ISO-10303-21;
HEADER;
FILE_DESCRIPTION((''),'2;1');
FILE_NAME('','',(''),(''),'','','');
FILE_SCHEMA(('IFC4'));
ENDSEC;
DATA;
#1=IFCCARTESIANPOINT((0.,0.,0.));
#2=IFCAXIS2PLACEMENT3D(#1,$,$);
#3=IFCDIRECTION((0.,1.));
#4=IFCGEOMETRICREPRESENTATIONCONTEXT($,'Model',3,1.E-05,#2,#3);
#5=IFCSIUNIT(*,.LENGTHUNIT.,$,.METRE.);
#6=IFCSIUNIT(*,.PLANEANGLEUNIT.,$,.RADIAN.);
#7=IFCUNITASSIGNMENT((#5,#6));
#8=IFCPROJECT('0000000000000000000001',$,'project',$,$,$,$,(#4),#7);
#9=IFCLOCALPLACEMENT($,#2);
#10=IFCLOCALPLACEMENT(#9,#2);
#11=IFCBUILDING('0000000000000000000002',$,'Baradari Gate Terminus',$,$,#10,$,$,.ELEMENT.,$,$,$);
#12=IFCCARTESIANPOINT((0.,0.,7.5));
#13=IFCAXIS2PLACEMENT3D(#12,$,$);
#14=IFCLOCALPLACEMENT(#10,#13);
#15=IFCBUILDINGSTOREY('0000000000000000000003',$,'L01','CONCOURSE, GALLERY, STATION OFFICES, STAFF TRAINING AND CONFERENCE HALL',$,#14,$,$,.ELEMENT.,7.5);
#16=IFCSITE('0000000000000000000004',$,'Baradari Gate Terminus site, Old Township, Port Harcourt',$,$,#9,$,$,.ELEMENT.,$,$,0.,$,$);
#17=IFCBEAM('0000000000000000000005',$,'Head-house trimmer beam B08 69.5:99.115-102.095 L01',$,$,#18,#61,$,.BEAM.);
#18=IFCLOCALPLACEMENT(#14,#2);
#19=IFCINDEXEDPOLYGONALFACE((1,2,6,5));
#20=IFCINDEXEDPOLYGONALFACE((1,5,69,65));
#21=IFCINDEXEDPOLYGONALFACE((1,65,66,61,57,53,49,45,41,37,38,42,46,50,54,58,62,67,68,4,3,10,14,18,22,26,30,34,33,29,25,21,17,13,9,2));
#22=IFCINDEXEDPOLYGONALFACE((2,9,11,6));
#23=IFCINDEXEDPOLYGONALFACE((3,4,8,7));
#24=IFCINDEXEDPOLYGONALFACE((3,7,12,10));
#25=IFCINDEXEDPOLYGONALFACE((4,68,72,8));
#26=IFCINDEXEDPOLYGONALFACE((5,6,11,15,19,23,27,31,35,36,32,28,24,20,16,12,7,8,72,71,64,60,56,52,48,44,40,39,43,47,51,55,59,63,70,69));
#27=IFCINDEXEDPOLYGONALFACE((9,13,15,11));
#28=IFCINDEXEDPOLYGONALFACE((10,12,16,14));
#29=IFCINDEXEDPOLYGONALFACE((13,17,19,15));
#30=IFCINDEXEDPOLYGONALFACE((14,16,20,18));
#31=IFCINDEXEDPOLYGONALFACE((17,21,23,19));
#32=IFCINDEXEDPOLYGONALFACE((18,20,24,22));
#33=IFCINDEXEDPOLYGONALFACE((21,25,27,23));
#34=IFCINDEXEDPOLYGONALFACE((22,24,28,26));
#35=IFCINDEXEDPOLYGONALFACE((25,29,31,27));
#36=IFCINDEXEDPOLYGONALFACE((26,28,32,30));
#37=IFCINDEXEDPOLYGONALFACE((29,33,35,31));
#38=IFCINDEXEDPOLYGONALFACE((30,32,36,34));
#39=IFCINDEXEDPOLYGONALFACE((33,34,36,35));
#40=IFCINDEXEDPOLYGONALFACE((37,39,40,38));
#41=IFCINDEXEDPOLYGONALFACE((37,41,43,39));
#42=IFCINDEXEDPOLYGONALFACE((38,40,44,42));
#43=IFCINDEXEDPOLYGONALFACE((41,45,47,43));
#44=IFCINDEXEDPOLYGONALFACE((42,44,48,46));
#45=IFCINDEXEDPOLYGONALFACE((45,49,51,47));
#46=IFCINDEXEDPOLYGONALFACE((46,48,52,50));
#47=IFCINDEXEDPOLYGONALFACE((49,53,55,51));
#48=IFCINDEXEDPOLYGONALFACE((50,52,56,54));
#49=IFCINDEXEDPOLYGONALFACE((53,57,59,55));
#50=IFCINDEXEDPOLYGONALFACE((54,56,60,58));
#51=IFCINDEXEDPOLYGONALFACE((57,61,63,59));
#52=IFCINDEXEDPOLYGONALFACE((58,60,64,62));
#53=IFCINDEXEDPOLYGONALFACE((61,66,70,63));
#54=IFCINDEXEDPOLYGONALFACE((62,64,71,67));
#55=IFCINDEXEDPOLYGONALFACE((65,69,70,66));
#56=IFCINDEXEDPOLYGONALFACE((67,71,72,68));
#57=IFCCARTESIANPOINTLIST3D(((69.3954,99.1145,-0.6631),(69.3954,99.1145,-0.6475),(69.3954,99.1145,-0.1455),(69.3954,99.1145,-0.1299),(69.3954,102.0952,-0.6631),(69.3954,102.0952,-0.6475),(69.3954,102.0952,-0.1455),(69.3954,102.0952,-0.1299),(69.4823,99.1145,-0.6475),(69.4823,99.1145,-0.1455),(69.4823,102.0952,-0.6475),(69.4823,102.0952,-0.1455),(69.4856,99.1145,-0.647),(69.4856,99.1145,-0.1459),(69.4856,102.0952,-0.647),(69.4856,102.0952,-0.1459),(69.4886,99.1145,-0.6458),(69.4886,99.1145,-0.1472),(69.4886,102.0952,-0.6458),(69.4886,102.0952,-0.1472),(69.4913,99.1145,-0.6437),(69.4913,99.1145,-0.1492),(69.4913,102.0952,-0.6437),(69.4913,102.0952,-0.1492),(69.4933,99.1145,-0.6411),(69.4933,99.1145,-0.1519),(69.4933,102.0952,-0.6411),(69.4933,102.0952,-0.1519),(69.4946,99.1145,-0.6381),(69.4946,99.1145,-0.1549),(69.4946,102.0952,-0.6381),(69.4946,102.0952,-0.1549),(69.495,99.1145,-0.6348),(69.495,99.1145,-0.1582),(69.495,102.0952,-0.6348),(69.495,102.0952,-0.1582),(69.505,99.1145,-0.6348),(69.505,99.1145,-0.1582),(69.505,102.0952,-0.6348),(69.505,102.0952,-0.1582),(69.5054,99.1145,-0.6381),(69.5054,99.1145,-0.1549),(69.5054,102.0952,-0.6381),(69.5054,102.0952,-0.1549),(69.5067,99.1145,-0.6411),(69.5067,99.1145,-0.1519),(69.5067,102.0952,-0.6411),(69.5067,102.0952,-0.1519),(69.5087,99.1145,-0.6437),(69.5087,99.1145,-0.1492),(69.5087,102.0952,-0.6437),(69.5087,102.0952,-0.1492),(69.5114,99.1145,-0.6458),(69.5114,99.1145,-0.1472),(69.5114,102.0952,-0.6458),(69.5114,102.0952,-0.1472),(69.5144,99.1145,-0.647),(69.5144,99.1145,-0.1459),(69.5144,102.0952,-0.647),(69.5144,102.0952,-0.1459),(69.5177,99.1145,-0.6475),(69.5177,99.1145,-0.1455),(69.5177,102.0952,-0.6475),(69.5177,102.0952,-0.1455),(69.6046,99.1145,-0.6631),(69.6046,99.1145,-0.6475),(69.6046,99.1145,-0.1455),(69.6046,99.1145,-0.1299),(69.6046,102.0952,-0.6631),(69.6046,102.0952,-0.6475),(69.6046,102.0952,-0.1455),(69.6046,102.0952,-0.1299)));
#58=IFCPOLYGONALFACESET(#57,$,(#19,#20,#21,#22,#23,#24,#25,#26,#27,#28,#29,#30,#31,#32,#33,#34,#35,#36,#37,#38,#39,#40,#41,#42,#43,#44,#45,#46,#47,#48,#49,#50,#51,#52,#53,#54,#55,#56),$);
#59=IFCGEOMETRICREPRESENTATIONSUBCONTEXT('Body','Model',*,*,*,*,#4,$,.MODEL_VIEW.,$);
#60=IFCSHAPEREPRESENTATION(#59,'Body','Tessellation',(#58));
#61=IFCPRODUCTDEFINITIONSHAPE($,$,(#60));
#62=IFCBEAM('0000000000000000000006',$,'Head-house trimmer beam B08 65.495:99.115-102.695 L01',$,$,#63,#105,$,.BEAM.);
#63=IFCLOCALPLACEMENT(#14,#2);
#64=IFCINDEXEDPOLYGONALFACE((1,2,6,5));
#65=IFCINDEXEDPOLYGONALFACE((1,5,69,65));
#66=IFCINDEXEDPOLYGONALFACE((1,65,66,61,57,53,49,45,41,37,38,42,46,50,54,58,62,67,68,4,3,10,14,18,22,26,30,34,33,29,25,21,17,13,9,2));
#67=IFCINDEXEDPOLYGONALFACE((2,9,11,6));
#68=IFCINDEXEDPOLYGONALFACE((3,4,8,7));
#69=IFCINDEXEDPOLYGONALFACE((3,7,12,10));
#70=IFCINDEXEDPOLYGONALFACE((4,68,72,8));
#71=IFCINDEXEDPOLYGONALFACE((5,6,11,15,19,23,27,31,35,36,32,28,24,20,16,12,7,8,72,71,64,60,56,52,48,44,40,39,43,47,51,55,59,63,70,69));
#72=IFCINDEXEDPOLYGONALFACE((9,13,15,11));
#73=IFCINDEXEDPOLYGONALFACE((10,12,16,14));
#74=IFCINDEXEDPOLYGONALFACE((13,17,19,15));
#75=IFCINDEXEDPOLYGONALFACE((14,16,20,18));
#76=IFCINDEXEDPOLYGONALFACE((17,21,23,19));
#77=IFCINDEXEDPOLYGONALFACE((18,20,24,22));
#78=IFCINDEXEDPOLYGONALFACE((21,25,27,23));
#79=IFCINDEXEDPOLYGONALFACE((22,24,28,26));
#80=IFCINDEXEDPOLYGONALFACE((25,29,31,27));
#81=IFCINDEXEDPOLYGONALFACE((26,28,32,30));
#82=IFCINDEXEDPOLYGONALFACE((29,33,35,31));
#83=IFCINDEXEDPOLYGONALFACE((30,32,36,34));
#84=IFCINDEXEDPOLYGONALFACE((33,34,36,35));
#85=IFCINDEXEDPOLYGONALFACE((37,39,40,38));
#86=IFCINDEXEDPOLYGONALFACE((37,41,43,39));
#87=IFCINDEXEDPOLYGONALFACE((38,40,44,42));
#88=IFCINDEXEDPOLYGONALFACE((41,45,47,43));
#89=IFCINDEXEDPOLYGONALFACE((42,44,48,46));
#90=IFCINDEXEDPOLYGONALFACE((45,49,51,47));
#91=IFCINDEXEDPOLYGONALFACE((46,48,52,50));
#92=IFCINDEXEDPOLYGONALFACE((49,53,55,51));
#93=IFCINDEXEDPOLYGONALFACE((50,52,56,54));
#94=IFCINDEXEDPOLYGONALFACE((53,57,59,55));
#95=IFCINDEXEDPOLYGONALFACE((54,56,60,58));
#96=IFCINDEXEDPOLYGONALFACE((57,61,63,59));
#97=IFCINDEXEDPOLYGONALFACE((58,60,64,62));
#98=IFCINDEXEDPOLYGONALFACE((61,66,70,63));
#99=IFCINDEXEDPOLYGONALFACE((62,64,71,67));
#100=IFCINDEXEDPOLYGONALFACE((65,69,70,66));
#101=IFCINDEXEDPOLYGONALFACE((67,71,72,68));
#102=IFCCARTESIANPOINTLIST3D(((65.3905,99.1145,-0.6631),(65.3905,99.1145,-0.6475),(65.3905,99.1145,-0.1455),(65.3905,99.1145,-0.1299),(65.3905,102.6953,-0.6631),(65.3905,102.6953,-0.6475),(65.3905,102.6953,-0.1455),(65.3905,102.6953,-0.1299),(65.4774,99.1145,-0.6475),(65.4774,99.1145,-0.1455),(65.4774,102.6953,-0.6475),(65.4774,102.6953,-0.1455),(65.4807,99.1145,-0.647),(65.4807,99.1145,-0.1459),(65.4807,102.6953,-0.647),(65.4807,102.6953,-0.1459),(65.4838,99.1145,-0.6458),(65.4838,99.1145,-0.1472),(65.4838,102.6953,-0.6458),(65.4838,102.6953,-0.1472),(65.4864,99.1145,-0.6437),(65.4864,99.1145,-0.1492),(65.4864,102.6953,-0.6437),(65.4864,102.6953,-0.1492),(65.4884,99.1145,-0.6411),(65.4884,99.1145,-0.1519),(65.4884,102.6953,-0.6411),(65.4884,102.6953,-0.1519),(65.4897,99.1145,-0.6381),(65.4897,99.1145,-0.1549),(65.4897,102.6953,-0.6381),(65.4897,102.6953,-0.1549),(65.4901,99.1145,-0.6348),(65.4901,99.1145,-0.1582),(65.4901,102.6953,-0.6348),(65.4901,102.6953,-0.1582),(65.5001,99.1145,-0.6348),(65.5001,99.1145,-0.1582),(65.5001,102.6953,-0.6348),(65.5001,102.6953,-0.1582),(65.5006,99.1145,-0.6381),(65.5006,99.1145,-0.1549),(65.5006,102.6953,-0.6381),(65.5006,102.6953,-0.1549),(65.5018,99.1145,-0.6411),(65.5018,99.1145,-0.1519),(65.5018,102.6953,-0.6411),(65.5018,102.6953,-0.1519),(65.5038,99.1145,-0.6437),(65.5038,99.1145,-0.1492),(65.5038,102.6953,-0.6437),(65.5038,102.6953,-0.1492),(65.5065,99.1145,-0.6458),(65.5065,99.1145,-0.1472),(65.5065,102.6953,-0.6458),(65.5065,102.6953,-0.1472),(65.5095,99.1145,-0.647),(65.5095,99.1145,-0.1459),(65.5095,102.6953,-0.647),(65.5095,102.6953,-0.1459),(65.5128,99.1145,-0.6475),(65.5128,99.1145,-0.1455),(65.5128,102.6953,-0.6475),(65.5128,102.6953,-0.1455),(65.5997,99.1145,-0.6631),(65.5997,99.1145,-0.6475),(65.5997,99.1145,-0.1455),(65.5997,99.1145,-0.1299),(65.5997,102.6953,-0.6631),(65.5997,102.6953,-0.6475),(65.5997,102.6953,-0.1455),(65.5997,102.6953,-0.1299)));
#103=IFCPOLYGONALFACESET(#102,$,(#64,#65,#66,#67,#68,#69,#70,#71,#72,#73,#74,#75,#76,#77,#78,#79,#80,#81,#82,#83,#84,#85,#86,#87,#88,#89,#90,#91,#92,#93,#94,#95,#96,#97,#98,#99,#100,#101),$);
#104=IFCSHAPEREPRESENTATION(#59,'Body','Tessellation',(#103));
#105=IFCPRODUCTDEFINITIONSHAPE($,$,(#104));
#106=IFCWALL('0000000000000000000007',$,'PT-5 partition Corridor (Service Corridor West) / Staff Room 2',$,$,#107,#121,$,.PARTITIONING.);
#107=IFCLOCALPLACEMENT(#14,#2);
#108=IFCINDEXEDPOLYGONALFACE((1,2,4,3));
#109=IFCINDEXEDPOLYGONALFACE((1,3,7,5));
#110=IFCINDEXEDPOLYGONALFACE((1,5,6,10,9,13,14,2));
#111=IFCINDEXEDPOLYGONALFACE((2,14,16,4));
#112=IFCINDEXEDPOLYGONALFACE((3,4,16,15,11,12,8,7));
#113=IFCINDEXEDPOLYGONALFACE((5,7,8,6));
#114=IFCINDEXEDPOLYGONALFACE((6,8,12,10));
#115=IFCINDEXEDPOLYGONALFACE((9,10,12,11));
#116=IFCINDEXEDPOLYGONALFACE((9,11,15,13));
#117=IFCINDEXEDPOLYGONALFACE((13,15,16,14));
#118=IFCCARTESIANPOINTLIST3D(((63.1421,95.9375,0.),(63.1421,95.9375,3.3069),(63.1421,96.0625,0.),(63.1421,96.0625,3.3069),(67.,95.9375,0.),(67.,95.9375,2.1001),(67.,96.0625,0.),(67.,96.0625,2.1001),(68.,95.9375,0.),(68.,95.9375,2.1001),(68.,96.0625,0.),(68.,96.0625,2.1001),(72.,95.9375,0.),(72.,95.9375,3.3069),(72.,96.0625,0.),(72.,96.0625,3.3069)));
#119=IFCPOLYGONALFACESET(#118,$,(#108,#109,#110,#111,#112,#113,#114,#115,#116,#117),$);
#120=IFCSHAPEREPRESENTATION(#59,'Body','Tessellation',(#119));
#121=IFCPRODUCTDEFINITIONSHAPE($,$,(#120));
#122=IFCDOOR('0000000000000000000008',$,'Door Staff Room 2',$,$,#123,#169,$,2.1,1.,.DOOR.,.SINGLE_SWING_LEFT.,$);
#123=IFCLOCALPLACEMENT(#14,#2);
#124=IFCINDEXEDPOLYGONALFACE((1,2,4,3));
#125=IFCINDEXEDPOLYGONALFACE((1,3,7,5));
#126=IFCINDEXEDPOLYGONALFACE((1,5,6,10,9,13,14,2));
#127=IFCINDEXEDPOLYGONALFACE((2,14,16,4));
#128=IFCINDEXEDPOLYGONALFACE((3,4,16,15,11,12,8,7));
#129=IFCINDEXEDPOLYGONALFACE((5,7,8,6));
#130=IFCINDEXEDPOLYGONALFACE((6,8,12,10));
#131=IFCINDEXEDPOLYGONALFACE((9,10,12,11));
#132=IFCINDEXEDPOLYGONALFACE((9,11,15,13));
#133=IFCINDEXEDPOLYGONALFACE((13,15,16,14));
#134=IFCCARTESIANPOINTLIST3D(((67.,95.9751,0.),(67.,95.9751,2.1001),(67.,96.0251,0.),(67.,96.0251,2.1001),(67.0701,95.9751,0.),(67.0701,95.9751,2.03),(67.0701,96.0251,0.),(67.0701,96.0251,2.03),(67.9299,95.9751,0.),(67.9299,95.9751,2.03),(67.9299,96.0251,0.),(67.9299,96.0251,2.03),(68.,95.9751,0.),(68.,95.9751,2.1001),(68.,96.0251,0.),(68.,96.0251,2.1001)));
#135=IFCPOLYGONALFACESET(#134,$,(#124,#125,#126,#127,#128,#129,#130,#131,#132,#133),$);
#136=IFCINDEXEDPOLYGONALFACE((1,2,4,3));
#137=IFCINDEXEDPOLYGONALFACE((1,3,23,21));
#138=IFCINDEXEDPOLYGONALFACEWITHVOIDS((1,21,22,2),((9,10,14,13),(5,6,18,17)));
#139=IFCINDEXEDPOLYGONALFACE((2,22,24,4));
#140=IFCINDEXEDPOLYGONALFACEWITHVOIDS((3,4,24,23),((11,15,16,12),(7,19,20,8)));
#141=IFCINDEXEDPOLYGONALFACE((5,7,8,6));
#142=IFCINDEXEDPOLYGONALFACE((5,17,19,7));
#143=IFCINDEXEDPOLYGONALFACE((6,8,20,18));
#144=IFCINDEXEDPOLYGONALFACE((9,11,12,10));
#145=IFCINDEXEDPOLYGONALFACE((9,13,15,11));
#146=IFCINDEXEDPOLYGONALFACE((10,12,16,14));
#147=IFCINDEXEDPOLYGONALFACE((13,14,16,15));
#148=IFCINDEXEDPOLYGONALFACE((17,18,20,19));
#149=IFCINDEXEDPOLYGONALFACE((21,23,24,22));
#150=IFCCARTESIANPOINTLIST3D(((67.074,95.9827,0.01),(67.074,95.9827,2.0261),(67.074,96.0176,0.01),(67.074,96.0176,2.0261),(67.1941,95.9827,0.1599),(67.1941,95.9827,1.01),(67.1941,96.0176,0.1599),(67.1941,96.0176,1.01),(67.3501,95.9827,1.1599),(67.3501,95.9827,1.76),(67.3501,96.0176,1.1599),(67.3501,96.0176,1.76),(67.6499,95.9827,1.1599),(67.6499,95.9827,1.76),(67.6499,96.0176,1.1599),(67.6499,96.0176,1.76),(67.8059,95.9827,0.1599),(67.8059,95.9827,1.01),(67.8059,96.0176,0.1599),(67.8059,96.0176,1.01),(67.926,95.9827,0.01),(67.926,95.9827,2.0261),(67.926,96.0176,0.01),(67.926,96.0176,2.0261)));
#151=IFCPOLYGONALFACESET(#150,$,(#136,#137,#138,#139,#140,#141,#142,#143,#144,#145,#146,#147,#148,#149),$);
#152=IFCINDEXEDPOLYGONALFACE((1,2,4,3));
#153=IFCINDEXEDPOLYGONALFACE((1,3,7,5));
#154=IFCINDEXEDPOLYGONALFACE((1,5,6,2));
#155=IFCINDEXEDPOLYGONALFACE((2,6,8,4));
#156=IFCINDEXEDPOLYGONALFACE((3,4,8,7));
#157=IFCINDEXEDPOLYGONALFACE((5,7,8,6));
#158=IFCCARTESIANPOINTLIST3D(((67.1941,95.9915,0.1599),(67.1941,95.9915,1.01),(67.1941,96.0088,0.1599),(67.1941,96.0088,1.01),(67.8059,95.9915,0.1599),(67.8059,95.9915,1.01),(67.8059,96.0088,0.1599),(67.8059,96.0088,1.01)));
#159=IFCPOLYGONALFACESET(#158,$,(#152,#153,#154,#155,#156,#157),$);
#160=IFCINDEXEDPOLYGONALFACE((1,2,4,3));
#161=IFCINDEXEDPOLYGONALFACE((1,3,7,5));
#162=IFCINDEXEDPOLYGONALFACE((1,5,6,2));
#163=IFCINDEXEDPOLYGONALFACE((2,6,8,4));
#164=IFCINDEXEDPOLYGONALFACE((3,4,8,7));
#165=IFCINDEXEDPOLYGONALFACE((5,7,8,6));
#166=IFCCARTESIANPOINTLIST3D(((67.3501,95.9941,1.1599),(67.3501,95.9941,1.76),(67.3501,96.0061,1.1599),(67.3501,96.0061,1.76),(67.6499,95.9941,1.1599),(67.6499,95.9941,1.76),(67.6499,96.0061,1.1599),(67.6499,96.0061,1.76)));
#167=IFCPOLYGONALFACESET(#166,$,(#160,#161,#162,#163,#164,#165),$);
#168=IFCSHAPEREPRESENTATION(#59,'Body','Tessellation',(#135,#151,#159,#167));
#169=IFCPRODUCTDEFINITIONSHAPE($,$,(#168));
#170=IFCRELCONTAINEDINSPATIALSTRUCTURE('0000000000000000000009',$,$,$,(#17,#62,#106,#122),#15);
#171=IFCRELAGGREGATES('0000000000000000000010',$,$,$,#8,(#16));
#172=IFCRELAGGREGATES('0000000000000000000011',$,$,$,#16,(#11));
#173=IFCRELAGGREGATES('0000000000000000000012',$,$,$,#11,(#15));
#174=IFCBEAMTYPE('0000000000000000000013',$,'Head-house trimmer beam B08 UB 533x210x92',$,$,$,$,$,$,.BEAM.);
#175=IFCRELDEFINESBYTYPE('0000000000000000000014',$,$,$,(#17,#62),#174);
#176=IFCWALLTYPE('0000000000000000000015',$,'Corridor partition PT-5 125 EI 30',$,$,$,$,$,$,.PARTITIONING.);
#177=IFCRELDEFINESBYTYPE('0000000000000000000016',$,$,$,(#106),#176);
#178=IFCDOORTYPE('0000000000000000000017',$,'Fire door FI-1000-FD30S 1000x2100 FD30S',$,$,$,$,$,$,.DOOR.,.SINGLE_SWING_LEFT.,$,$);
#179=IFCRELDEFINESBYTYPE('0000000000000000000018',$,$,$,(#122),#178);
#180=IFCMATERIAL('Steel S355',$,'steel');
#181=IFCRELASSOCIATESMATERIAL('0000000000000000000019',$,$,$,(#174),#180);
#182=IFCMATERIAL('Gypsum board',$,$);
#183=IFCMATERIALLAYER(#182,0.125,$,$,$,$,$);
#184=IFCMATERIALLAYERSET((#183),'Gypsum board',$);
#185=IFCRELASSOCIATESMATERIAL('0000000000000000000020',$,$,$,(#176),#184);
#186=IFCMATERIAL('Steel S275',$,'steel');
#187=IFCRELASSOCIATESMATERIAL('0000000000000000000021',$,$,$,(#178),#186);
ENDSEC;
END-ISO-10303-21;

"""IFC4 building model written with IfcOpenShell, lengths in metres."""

from ifc_helpers import new_model, si_unit, direction, frame, frame_2d, origin, origin_2d, place, context, subcontext, project, spatial, polyline, rectangle, i_section, outline, extrude, material, layer, layer_set, material_profile, profile_set, type_object, element, fill, save


model = new_model("IFC4")

# Units and contexts
model_context = context("Model", 3, precision=1e-05, world=origin(), true_north=direction((0.0, 1.0)))
body_context = subcontext(model_context, "Body", "Model", "MODEL_VIEW")
ifc_project = project(units=[si_unit("LENGTHUNIT", "METRE"), si_unit("PLANEANGLEUNIT", "RADIAN")], contexts=[model_context])

# Site, building, storey
site_placement = place(None, origin())
site = spatial("IfcSite", under=ifc_project, at=site_placement, Name="Baradari Gate Terminus site, Old Township, Port Harcourt", CompositionType="ELEMENT", RefElevation=0.0)
building_placement = place(site_placement, origin())
building = spatial("IfcBuilding", under=site, at=building_placement, Name="Baradari Gate Terminus", CompositionType="ELEMENT")
storey_placement = place(building_placement, frame((0.0, 0.0, 7.5)))
storey = spatial("IfcBuildingStorey", under=building, at=storey_placement, Name="L01", Description="CONCOURSE, GALLERY, STATION OFFICES, STAFF TRAINING AND CONFERENCE HALL", CompositionType="ELEMENT", Elevation=7.5)

# Beams
ifc_material_1 = material(Name="Steel S355", Category="steel")
ifc_material_profile_1 = material_profile(ifc_material_1, i_section(OverallWidth=0.2092, OverallDepth=0.5332, WebThickness=0.01, FlangeThickness=0.0156, FilletRadius=0.0127, at=origin_2d()), Name="UB 533x210x92")
ifc_profile_set_1 = profile_set([ifc_material_profile_1], Name="Steel S355")
beam_type_1 = type_object("IfcBeamType", Name="Head-house trimmer beam B08 UB 533x210x92", PredefinedType="BEAM", material=ifc_profile_set_1)
beam_1_placement = place(storey_placement, frame((69.5, 99.1145, -0.3965), z_axis=(0.0, 1.0, 0.0), x_axis=(-1.0, 0.0, 0.0)))
element("IfcBeam", 1, at=beam_1_placement, inside=storey, type_object=beam_type_1, Name="Head-house trimmer beam B08 69.5:99.115-102.095 L01", PredefinedType="BEAM", context=body_context, shape_type="SweptSolid", body=[
    extrude(i_section(OverallWidth=0.2092, OverallDepth=0.5332, WebThickness=0.01, FlangeThickness=0.0156, FilletRadius=0.0127, at=origin_2d()), origin(), (0.0, 0.0, 1.0), 2.9807),
])
beam_2_placement = place(storey_placement, frame((65.4951, 99.1145, -0.3965), z_axis=(0.0, 1.0, 0.0), x_axis=(-1.0, 0.0, 0.0)))
element("IfcBeam", 2, at=beam_2_placement, inside=storey, type_object=beam_type_1, Name="Head-house trimmer beam B08 65.495:99.115-102.695 L01", PredefinedType="BEAM", context=body_context, shape_type="SweptSolid", body=[
    extrude(i_section(OverallWidth=0.2092, OverallDepth=0.5332, WebThickness=0.01, FlangeThickness=0.0156, FilletRadius=0.0127, at=origin_2d()), origin(), (0.0, 0.0, 1.0), 3.5808),
])

# Wall, opening, door
ifc_material_2 = material(Name="Gypsum board")
ifc_layer_1 = layer(ifc_material_2, 0.125)
ifc_layer_set_1 = layer_set([ifc_layer_1], Name="Gypsum board")
wall_type_1 = type_object("IfcWallType", Name="Corridor partition PT-5 125 EI 30", PredefinedType="PARTITIONING", material=ifc_layer_set_1)
wall_1_placement = place(storey_placement, frame((72.0, 96.0, 0.0), z_axis=(0.0, 0.0, 1.0), x_axis=(-1.0, 0.0, 0.0)))
wall_1 = element("IfcWall", 3, at=wall_1_placement, inside=storey, type_object=wall_type_1, Name="PT-5 partition Corridor (Service Corridor West) / Staff Room 2", PredefinedType="PARTITIONING", context=body_context, shape_type="SweptSolid", body=[
    extrude(rectangle(XDim=8.8579, YDim=0.125, at=frame_2d((4.429, 0.0))), origin(), (0.0, 0.0, 1.0), 3.3069),
])
opening_1_placement = place(wall_1_placement, frame((4.0, 0.0, 0.0)))
opening_1 = element("IfcOpeningElement", 4, at=opening_1_placement, cuts=wall_1, PredefinedType="OPENING", context=body_context, shape_type="SweptSolid", body=[
    extrude(rectangle(XDim=1.0, YDim=2.1001, at=frame_2d((0.5, 1.05))), frame((0.0, 0.0725, 0.0), z_axis=(0.0, -1.0, 0.0), x_axis=(1.0, 0.0, 0.0)), (0.0, 0.0, 1.0), 0.145),
])
ifc_material_3 = material(Name="Steel S275", Category="steel")
door_type_1 = type_object("IfcDoorType", Name="Fire door FI-1000-FD30S 1000x2100 FD30S", OperationType="SINGLE_SWING_LEFT", PredefinedType="DOOR", material=ifc_material_3)
door_1_placement = place(opening_1_placement, origin())
door_1 = element("IfcDoor", 5, at=door_1_placement, inside=storey, type_object=door_type_1, Name="Door Staff Room 2", OperationType="SINGLE_SWING_LEFT", OverallHeight=2.1, OverallWidth=1.0, PredefinedType="DOOR", context=body_context, shape_type="SweptSolid", body=[
    extrude(outline(polyline([(0.0, 0.0), (0.0701, 0.0), (0.0701, 2.03), (0.9299, 2.03), (0.9299, 0.0), (1.0, 0.0), (1.0, 2.1001), (0.0, 2.1001), (0.0, 0.0)])), frame((0.0, 0.0249, 0.0), z_axis=(0.0, -1.0, 0.0), x_axis=(1.0, 0.0, 0.0)), (0.0, 0.0, 1.0), 0.05),
    extrude(outline(polyline([(0.074, 0.01), (0.926, 0.01), (0.926, 2.0261), (0.074, 2.0261), (0.074, 0.01)]), holes=[polyline([(0.1941, 0.1599), (0.8059, 0.1599), (0.8059, 1.01), (0.1941, 1.01), (0.1941, 0.1599)]), polyline([(0.3501, 1.1599), (0.6499, 1.1599), (0.6499, 1.76), (0.3501, 1.76), (0.3501, 1.1599)])]), frame((0.0, 0.0173, 0.0), z_axis=(0.0, -1.0, 0.0), x_axis=(1.0, 0.0, 0.0)), (0.0, 0.0, 1.0), 0.0349),
    extrude(rectangle(XDim=0.6118, YDim=0.8501, at=frame_2d((0.5, 0.585))), frame((0.0, 0.0085, 0.0), z_axis=(0.0, -1.0, 0.0), x_axis=(1.0, 0.0, 0.0)), (0.0, 0.0, 1.0), 0.0173),
    extrude(rectangle(XDim=0.2998, YDim=0.6001, at=frame_2d((0.5, 1.46))), frame((0.0, 0.0059, 0.0), z_axis=(0.0, -1.0, 0.0), x_axis=(1.0, 0.0, 0.0)), (0.0, 0.0, 1.0), 0.012),
])
fill(opening_1, door_1)

save(model, "model.ifc")
